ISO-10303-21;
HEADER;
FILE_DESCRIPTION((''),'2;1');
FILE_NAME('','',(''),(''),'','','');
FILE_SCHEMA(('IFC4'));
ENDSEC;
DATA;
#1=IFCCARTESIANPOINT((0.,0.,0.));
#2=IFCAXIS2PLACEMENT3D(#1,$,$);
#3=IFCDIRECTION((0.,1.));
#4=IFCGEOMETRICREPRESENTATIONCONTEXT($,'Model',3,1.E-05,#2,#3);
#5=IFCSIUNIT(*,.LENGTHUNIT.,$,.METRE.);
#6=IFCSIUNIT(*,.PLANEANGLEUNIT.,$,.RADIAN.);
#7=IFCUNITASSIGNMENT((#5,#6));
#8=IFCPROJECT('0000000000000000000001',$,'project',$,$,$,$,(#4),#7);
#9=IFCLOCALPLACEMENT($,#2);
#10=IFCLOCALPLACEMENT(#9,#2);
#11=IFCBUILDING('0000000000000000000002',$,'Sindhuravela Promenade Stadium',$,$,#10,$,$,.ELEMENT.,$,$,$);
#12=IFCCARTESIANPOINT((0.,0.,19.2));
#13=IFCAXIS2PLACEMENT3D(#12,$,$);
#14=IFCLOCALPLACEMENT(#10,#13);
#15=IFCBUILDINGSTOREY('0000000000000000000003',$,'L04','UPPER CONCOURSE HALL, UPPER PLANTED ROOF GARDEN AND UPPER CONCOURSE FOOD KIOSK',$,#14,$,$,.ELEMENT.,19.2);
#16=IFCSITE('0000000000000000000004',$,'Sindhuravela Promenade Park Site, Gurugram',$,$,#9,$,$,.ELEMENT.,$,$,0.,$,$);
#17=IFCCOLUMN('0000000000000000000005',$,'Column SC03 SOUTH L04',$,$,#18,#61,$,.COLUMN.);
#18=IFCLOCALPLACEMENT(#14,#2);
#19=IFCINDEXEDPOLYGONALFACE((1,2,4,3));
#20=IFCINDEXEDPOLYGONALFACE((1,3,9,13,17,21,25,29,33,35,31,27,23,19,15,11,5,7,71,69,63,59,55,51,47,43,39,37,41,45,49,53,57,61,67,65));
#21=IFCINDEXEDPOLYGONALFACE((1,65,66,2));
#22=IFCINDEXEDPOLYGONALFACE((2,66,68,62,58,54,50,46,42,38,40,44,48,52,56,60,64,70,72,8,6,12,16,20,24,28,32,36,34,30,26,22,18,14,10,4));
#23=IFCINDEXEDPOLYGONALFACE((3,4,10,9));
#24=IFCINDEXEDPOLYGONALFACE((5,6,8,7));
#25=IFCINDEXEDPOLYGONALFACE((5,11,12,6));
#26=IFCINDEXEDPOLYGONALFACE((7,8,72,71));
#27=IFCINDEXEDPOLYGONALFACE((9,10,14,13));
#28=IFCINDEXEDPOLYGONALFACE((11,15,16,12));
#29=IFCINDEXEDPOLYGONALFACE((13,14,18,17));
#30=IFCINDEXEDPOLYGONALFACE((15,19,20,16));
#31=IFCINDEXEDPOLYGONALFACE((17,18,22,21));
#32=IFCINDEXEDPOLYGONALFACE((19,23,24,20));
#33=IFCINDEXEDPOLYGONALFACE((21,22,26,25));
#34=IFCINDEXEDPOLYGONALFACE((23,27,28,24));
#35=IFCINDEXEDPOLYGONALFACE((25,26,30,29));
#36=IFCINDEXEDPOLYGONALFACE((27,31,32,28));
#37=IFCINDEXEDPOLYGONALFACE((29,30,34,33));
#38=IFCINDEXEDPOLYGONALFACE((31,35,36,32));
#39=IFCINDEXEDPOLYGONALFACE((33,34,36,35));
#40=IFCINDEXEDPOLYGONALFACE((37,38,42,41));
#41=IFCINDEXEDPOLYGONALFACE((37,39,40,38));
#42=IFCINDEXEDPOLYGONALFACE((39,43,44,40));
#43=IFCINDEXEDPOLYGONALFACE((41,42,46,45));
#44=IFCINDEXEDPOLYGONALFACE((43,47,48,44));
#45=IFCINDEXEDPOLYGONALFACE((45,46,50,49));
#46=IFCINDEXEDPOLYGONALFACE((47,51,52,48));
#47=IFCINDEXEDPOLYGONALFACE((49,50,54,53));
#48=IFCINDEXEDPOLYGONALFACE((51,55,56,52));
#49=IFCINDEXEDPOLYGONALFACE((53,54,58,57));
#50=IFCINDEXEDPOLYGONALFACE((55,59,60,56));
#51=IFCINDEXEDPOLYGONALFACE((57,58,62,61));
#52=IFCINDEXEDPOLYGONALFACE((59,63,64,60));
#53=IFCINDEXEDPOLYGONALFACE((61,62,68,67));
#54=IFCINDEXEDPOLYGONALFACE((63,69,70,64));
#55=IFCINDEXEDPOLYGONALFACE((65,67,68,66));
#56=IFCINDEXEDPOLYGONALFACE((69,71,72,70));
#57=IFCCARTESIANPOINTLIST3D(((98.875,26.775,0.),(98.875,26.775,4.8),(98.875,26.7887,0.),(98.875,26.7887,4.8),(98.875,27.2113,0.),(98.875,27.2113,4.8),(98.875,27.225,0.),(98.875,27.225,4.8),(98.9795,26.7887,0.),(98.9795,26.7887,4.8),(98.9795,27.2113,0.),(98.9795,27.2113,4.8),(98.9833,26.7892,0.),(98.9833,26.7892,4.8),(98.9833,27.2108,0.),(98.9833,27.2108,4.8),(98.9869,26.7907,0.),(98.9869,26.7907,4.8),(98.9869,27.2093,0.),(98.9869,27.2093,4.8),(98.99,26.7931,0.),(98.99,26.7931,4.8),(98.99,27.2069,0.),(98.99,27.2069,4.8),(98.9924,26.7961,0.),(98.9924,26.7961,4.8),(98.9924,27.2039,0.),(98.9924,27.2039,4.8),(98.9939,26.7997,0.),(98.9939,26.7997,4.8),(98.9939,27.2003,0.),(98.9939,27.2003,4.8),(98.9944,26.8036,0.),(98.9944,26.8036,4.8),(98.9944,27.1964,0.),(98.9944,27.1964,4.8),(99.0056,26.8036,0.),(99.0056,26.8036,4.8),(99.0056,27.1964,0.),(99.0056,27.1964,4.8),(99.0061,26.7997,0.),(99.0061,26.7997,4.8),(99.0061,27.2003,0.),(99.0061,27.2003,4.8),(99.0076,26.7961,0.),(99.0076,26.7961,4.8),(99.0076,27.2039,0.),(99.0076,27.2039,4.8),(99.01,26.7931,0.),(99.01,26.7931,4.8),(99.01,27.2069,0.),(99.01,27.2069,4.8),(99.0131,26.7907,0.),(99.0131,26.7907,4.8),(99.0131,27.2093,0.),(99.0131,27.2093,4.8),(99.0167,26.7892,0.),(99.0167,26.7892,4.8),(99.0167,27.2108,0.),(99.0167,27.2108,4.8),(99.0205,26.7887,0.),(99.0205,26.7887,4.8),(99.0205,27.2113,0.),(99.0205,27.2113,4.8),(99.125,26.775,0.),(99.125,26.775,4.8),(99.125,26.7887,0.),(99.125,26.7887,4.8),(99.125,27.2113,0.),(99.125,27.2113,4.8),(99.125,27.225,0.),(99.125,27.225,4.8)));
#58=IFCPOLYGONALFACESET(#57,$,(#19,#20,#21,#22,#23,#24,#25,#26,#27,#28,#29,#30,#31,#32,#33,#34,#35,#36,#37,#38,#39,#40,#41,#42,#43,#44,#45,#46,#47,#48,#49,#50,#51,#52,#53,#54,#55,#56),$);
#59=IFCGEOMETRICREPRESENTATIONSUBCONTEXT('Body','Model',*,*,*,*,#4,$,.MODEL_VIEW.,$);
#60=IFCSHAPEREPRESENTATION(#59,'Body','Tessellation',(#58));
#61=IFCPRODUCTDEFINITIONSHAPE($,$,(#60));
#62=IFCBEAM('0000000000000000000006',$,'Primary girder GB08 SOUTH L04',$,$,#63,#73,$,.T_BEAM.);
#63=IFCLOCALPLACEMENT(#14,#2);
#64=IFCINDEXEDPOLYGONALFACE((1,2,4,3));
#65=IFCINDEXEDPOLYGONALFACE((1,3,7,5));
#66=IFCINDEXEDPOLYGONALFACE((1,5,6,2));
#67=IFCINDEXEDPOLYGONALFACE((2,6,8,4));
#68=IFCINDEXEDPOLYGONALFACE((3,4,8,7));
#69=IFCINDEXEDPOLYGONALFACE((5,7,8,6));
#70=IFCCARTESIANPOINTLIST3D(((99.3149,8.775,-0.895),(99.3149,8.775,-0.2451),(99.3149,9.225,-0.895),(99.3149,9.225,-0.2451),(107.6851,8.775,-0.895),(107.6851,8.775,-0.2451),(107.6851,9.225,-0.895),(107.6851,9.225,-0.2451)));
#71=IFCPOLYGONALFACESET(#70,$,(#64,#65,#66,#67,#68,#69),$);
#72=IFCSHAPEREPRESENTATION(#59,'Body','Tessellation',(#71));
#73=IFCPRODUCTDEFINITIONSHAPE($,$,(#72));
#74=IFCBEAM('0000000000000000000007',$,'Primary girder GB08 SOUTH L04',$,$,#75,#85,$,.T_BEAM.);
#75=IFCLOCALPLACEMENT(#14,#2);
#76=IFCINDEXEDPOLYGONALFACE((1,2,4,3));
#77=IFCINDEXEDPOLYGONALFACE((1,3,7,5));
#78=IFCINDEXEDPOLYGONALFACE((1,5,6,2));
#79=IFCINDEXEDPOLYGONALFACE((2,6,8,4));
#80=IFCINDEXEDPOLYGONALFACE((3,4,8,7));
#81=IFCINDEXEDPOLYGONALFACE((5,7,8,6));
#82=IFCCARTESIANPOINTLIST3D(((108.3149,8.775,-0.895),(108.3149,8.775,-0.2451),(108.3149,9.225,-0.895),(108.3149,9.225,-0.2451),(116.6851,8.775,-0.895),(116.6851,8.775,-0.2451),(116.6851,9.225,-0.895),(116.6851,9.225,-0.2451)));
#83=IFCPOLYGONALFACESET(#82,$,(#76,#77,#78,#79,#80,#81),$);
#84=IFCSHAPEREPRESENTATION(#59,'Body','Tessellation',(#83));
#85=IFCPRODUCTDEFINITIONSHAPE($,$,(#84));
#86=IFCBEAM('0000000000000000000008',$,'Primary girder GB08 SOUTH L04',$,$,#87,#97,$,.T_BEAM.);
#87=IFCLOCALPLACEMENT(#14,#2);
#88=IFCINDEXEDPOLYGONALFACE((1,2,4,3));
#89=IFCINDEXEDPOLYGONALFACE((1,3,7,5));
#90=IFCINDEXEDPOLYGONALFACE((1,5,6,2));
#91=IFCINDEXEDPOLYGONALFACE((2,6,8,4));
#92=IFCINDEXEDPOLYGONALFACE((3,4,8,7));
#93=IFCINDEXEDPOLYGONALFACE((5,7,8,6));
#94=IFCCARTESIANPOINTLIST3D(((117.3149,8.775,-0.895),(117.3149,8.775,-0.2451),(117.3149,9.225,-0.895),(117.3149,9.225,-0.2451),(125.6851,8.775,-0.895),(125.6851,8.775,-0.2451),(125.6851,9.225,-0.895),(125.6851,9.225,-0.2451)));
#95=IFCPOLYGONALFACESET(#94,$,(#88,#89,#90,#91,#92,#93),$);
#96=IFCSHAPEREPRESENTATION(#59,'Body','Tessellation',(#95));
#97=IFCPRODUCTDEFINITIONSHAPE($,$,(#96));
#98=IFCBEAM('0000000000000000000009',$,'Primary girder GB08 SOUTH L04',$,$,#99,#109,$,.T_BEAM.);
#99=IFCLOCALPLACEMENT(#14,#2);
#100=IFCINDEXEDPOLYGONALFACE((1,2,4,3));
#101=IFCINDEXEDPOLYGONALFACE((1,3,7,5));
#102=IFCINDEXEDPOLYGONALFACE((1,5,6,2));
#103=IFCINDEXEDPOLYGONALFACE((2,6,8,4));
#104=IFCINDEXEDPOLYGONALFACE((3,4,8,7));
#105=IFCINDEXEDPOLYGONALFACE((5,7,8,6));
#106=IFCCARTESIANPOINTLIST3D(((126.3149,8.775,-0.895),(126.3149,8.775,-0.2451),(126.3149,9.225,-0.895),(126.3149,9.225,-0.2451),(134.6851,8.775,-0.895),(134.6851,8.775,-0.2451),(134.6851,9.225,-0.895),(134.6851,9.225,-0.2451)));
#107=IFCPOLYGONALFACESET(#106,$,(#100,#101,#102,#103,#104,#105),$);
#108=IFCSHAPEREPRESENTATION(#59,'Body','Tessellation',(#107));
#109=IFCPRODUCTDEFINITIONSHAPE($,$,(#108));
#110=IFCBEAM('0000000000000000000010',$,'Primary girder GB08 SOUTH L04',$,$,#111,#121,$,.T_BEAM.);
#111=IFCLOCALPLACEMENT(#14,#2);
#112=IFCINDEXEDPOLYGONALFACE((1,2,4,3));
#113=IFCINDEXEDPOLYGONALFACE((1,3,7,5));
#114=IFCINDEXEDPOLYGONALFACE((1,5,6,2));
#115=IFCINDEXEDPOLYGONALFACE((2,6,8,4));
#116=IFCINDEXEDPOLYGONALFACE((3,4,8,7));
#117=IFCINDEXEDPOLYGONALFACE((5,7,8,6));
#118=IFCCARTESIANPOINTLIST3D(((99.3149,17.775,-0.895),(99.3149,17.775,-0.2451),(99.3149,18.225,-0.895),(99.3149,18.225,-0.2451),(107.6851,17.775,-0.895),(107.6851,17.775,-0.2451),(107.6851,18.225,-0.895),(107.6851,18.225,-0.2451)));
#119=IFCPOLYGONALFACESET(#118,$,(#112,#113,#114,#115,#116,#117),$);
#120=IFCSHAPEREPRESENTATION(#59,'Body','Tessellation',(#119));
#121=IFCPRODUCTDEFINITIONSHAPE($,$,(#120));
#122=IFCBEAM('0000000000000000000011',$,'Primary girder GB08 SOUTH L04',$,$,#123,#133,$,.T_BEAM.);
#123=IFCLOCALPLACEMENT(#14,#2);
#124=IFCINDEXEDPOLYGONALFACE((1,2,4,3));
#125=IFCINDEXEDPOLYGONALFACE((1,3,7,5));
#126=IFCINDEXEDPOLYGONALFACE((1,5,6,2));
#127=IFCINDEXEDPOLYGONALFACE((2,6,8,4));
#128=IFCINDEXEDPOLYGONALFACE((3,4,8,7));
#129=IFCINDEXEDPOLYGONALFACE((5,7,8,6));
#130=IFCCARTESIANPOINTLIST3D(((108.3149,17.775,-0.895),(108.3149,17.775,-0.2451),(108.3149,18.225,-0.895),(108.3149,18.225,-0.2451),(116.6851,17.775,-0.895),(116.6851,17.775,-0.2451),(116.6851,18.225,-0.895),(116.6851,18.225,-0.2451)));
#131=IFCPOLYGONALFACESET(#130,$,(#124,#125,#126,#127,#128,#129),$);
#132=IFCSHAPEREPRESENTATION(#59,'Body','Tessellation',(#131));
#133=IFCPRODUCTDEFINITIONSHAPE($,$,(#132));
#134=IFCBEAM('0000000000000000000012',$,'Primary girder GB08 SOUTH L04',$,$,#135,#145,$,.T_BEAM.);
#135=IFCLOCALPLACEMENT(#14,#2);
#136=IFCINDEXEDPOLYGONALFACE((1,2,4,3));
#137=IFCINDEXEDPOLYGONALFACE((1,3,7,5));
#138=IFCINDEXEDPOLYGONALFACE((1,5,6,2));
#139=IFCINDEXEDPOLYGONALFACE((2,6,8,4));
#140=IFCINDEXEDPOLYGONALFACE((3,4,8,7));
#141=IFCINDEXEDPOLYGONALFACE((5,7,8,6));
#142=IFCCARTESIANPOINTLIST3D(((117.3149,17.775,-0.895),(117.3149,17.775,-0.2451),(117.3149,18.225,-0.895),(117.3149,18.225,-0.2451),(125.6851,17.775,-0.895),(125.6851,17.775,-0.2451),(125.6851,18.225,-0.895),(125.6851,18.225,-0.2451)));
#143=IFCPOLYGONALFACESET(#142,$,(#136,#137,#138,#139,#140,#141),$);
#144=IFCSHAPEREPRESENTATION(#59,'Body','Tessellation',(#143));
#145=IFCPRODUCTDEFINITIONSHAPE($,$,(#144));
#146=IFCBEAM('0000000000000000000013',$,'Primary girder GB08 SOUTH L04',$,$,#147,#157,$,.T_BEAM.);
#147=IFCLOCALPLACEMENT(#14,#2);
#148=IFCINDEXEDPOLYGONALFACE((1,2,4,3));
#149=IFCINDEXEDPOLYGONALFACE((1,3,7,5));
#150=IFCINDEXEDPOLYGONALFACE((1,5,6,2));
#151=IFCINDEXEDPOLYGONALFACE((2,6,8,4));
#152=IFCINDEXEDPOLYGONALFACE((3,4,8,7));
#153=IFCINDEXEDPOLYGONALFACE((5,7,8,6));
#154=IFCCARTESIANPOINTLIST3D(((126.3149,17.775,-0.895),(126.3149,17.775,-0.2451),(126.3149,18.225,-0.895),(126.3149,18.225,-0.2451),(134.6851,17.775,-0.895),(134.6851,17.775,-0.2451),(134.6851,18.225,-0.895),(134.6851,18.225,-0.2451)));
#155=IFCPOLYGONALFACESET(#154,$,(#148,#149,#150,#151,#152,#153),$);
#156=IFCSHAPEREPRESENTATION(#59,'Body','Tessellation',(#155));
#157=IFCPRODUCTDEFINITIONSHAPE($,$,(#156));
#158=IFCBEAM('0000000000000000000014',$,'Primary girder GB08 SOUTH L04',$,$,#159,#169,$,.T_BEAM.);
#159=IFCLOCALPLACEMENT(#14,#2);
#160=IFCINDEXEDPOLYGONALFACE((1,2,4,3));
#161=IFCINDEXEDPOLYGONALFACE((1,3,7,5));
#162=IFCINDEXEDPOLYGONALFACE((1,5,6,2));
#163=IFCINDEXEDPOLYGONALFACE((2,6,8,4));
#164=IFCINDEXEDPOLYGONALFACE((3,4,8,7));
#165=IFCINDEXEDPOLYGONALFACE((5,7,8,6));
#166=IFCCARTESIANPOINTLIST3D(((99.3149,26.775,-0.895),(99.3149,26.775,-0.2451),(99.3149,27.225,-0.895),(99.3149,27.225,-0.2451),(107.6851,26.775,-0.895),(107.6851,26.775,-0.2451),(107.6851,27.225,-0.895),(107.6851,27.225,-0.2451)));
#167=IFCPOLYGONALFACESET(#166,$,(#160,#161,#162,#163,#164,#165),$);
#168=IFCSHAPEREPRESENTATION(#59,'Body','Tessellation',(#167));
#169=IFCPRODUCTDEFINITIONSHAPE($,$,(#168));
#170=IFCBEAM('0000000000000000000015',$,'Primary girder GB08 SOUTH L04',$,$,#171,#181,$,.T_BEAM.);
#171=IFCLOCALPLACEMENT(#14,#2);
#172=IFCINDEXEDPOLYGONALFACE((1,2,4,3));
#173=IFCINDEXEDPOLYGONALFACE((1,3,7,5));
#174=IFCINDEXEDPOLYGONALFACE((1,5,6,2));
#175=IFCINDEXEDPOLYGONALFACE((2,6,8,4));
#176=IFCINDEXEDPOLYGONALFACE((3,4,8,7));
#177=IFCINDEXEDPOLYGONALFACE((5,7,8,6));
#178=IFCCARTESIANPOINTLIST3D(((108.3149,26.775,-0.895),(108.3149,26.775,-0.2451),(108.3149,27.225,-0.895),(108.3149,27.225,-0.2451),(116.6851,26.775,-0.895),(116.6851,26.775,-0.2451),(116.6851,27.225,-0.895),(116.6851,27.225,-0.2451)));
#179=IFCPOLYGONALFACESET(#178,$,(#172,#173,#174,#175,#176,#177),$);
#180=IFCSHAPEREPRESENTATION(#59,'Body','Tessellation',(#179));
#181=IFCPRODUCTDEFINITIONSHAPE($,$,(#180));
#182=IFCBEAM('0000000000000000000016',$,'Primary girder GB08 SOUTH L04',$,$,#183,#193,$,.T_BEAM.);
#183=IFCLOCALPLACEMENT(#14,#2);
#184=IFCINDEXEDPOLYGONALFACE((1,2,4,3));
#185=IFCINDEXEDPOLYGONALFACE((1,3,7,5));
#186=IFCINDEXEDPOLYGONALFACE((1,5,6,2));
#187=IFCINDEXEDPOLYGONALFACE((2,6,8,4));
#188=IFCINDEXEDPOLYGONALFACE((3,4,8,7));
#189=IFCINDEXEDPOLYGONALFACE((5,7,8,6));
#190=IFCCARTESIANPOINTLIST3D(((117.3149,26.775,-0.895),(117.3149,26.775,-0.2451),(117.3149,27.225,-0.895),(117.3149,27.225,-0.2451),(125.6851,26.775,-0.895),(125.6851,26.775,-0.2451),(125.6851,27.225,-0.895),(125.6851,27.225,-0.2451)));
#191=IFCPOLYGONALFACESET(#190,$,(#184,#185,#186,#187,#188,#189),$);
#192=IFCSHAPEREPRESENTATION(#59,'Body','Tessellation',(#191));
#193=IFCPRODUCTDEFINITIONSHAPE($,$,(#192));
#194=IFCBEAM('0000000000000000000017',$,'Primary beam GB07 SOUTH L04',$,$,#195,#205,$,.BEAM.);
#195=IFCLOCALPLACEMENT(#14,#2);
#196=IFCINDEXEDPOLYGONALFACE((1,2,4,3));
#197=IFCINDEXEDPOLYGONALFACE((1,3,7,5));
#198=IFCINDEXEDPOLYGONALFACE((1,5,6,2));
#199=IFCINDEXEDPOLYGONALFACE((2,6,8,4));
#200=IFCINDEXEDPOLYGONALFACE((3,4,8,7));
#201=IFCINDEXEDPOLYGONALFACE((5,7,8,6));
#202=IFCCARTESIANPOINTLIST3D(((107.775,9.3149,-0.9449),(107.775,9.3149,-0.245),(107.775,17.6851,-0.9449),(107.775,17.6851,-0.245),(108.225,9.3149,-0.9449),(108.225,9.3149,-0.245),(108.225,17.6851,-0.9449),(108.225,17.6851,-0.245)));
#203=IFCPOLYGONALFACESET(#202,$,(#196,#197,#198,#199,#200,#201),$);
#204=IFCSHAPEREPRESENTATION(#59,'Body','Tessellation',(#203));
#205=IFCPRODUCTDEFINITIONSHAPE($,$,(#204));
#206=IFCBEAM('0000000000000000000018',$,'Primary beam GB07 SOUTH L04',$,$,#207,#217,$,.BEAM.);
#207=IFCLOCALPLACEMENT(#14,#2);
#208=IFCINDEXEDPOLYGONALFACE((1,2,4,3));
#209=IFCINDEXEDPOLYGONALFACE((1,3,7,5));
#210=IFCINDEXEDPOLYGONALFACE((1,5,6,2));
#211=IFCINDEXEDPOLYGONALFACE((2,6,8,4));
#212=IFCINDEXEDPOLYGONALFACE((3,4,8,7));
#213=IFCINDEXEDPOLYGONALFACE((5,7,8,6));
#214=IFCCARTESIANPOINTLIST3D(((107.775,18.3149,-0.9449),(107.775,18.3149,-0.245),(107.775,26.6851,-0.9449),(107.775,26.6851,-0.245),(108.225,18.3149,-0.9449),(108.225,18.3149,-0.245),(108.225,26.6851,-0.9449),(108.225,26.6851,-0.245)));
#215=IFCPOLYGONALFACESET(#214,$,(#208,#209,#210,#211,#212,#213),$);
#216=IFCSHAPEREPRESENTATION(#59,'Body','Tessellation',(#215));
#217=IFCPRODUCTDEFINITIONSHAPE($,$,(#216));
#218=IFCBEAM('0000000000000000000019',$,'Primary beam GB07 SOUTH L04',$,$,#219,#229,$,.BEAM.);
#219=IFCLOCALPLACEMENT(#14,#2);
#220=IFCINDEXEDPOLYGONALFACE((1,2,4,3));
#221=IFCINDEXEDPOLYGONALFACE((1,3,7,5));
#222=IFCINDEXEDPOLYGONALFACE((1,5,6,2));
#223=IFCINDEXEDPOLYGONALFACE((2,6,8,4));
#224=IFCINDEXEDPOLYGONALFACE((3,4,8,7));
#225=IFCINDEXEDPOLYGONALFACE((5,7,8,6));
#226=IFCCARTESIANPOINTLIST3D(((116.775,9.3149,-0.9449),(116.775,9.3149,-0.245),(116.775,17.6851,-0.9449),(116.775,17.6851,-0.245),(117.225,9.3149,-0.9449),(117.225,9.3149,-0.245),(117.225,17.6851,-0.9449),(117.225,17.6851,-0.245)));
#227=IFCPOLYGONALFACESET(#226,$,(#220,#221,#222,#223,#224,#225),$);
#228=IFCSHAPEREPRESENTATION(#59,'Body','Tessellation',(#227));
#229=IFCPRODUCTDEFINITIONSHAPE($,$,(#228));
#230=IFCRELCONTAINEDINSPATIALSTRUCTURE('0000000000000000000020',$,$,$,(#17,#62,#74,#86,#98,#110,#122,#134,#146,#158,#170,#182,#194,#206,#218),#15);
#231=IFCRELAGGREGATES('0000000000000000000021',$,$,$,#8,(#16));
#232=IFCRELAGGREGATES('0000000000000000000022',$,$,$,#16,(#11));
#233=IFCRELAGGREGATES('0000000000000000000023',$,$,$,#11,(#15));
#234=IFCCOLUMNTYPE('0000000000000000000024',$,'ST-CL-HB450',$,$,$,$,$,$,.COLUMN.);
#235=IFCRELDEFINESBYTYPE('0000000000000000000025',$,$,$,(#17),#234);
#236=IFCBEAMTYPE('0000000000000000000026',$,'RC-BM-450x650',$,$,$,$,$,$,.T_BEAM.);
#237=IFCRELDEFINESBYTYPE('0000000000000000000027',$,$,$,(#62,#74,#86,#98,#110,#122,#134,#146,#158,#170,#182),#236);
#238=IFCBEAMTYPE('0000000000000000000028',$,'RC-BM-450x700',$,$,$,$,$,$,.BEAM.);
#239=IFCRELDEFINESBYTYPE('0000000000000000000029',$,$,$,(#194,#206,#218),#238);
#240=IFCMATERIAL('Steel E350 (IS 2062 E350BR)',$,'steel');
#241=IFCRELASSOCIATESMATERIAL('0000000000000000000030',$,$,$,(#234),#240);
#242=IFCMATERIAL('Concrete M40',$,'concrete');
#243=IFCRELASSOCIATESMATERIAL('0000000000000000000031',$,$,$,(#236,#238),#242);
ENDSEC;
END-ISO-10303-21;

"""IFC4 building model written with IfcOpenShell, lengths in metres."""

from ifc_helpers import new_model, si_unit, direction, frame, origin, origin_2d, place, context, subcontext, project, spatial, rectangle, i_section, extrude, material, material_profile, profile_set, type_object, element, save


model = new_model("IFC4")

# Units and contexts
model_context = context("Model", 3, precision=1e-05, world=origin(), true_north=direction((0.0, 1.0)))
body_context = subcontext(model_context, "Body", "Model", "MODEL_VIEW")
ifc_project = project(units=[si_unit("LENGTHUNIT", "METRE"), si_unit("PLANEANGLEUNIT", "RADIAN")], contexts=[model_context])

# Site, building, storey
site_placement = place(None, origin())
site = spatial("IfcSite", under=ifc_project, at=site_placement, Name="Sindhuravela Promenade Park Site, Gurugram", CompositionType="ELEMENT", RefElevation=0.0)
building_placement = place(site_placement, origin())
building = spatial("IfcBuilding", under=site, at=building_placement, Name="Sindhuravela Promenade Stadium", CompositionType="ELEMENT")
storey_placement = place(building_placement, frame((0.0, 0.0, 19.2)))
storey = spatial("IfcBuildingStorey", under=building, at=storey_placement, Name="L04", Description="UPPER CONCOURSE HALL, UPPER PLANTED ROOF GARDEN AND UPPER CONCOURSE FOOD KIOSK", CompositionType="ELEMENT", Elevation=19.2)

# Column
ifc_material_1 = material(Name="Steel E350 (IS 2062 E350BR)", Category="steel")
ifc_material_profile_1 = material_profile(ifc_material_1, i_section(OverallWidth=0.25, OverallDepth=0.45, WebThickness=0.0112, FlangeThickness=0.0137, FilletRadius=0.0149, at=origin_2d()), Name="ISHB 450")
ifc_profile_set_1 = profile_set([ifc_material_profile_1], Name="Steel E350 (IS 2062 E350BR)")
column_type_1 = type_object("IfcColumnType", Name="ST-CL-HB450", PredefinedType="COLUMN", material=ifc_profile_set_1)
column_placement = place(storey_placement, frame((99.0, 27.0, 0.0), z_axis=(0.0, 0.0, 1.0), x_axis=(1.0, 0.0, 0.0)))
element("IfcColumn", 1, at=column_placement, inside=storey, type_object=column_type_1, Name="Column SC03 SOUTH L04", PredefinedType="COLUMN", context=body_context, shape_type="SweptSolid", body=[
    extrude(i_section(OverallWidth=0.25, OverallDepth=0.45, WebThickness=0.0112, FlangeThickness=0.0137, FilletRadius=0.0149, at=origin_2d()), origin(), (0.0, 0.0, 1.0), 4.8),
])

# Beams
ifc_material_2 = material(Name="Concrete M40", Category="concrete")
ifc_material_profile_2 = material_profile(ifc_material_2, rectangle(XDim=0.45, YDim=0.6499, at=origin_2d()), Name="RC 450x650")
ifc_profile_set_2 = profile_set([ifc_material_profile_2], Name="Concrete M40")
beam_type_1 = type_object("IfcBeamType", Name="RC-BM-450x650", PredefinedType="T_BEAM", material=ifc_profile_set_2)
for number, where, z_axis, x_axis, name in (
    (2, (99.3149, 9.0, -0.5701), (1.0, 0.0, 0.0), (0.0, 1.0, 0.0), "Primary girder GB08 SOUTH L04"),
    (3, (108.3149, 9.0, -0.5701), (1.0, 0.0, 0.0), (0.0, 1.0, 0.0), "Primary girder GB08 SOUTH L04"),
    (4, (117.3149, 9.0, -0.5701), (1.0, 0.0, 0.0), (0.0, 1.0, 0.0), "Primary girder GB08 SOUTH L04"),
    (5, (126.3149, 9.0, -0.5701), (1.0, 0.0, 0.0), (0.0, 1.0, 0.0), "Primary girder GB08 SOUTH L04"),
    (6, (99.3149, 18.0, -0.5701), (1.0, 0.0, 0.0), (0.0, 1.0, 0.0), "Primary girder GB08 SOUTH L04"),
    (7, (108.3149, 18.0, -0.5701), (1.0, 0.0, 0.0), (0.0, 1.0, 0.0), "Primary girder GB08 SOUTH L04"),
    (8, (117.3149, 18.0, -0.5701), (1.0, 0.0, 0.0), (0.0, 1.0, 0.0), "Primary girder GB08 SOUTH L04"),
    (9, (126.3149, 18.0, -0.5701), (1.0, 0.0, 0.0), (0.0, 1.0, 0.0), "Primary girder GB08 SOUTH L04"),
    (10, (99.3149, 27.0, -0.5701), (1.0, 0.0, 0.0), (0.0, 1.0, 0.0), "Primary girder GB08 SOUTH L04"),
    (11, (108.3149, 27.0, -0.5701), (1.0, 0.0, 0.0), (0.0, 1.0, 0.0), "Primary girder GB08 SOUTH L04"),
    (12, (117.3149, 27.0, -0.5701), (1.0, 0.0, 0.0), (0.0, 1.0, 0.0), "Primary girder GB08 SOUTH L04"),
):
    element("IfcBeam", number, at=place(storey_placement, frame(where, z_axis=z_axis, x_axis=x_axis)), inside=storey, type_object=beam_type_1, Name=name, PredefinedType="T_BEAM", context=body_context, shape_type="SweptSolid", body=[
        extrude(rectangle(XDim=0.45, YDim=0.6499, at=origin_2d()), origin(), (0.0, 0.0, 1.0), 8.3701),
    ])
ifc_material_profile_3 = material_profile(ifc_material_2, rectangle(XDim=0.45, YDim=0.7, at=origin_2d()), Name="RC 450x700")
ifc_profile_set_3 = profile_set([ifc_material_profile_3], Name="Concrete M40")
beam_type_2 = type_object("IfcBeamType", Name="RC-BM-450x700", PredefinedType="BEAM", material=ifc_profile_set_3)
for number, where, z_axis, x_axis, name in (
    (13, (108.0, 9.3149, -0.595), (0.0, 1.0, 0.0), (-1.0, 0.0, 0.0), "Primary beam GB07 SOUTH L04"),
    (14, (108.0, 18.3149, -0.595), (0.0, 1.0, 0.0), (-1.0, 0.0, 0.0), "Primary beam GB07 SOUTH L04"),
    (15, (117.0, 9.3149, -0.595), (0.0, 1.0, 0.0), (-1.0, 0.0, 0.0), "Primary beam GB07 SOUTH L04"),
):
    element("IfcBeam", number, at=place(storey_placement, frame(where, z_axis=z_axis, x_axis=x_axis)), inside=storey, type_object=beam_type_2, Name=name, PredefinedType="BEAM", context=body_context, shape_type="SweptSolid", body=[
        extrude(rectangle(XDim=0.45, YDim=0.7, at=origin_2d()), origin(), (0.0, 0.0, 1.0), 8.3701),
    ])

save(model, "model.ifc")
